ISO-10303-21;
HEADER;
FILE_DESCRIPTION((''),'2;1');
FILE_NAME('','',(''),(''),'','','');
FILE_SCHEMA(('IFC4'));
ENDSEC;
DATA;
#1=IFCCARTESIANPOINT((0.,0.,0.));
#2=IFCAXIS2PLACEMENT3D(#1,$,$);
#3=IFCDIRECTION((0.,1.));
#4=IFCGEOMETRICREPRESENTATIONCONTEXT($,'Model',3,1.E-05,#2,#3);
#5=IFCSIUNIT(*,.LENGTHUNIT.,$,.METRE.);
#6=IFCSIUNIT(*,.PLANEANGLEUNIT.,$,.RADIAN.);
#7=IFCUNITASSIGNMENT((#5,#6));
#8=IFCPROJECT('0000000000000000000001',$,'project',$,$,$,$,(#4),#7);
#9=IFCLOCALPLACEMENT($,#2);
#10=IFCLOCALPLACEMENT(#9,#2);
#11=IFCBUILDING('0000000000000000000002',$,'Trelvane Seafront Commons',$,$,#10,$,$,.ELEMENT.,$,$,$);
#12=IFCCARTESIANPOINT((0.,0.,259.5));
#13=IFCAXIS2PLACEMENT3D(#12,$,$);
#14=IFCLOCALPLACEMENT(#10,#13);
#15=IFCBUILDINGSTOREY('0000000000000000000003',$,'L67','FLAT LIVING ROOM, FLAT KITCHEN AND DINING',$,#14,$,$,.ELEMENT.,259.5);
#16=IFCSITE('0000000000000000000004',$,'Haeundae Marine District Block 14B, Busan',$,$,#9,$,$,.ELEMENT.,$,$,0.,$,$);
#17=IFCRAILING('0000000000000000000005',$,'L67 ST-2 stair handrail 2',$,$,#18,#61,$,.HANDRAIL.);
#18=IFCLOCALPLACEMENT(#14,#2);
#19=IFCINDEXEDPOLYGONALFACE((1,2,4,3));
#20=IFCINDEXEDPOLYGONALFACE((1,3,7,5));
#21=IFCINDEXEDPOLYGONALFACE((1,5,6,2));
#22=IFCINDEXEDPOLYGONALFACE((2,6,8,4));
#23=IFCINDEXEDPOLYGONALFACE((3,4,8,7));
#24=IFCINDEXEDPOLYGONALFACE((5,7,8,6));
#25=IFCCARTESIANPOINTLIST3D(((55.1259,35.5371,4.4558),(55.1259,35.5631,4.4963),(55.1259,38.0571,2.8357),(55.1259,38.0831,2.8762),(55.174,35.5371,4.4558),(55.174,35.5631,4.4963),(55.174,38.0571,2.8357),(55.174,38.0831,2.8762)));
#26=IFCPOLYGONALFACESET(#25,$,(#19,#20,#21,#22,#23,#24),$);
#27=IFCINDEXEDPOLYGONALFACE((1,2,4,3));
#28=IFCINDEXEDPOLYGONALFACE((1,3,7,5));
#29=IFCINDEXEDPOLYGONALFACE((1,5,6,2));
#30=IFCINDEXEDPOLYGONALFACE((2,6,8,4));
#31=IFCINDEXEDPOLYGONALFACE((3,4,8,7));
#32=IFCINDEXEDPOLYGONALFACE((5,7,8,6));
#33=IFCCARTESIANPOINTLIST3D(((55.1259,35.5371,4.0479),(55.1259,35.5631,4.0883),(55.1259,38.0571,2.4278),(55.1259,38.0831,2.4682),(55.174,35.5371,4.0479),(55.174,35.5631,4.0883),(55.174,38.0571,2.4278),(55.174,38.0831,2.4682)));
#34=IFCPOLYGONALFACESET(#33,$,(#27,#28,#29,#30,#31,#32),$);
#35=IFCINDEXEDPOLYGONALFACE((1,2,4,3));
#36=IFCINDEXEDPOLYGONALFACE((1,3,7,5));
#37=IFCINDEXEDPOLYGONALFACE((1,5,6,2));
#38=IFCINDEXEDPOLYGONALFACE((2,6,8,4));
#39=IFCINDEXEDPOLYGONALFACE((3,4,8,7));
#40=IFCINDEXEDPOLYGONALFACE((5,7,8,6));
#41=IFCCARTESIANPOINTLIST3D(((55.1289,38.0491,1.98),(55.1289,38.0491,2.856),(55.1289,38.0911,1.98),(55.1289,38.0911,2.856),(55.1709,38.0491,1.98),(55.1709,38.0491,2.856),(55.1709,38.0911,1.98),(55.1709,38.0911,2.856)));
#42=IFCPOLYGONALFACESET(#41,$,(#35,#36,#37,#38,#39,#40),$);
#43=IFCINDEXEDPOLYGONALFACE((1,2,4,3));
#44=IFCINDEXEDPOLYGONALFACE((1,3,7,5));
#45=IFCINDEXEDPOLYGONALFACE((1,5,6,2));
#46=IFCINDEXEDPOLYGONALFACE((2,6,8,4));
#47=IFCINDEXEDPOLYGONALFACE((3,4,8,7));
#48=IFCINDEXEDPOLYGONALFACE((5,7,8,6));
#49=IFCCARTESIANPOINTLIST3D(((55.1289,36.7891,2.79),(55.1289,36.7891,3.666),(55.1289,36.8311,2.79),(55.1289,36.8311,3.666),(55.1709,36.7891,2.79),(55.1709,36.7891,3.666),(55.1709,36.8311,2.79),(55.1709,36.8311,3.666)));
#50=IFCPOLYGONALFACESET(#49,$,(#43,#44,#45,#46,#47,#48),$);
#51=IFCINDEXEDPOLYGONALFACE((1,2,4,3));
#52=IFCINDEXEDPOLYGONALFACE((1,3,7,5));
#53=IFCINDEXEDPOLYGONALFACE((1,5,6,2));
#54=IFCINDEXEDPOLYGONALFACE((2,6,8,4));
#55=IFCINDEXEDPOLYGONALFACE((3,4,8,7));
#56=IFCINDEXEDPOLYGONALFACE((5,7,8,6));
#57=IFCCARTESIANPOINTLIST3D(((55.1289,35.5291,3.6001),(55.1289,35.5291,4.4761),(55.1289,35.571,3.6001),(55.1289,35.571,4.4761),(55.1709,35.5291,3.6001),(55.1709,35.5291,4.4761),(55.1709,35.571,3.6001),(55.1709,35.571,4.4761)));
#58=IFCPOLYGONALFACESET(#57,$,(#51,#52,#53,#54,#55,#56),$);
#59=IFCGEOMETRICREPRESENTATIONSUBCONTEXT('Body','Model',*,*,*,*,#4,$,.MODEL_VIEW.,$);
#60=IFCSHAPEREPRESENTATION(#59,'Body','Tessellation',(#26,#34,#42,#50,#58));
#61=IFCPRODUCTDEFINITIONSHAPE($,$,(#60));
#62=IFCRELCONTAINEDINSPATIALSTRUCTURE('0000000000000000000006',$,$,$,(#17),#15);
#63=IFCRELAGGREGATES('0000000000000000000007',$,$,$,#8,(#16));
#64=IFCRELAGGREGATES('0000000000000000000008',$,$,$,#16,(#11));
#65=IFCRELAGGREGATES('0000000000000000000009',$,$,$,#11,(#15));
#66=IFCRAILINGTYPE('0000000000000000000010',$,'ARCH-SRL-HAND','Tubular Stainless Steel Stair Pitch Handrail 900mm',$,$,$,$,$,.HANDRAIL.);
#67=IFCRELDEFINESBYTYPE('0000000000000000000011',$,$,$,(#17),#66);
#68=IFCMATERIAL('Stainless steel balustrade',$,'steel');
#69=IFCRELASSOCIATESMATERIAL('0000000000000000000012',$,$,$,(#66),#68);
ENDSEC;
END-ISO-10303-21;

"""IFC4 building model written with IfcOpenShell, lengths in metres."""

from ifc_helpers import new_model, si_unit, direction, frame, origin, origin_2d, place, context, subcontext, project, spatial, rectangle, extrude, material, type_object, element, save


model = new_model("IFC4")

# Units and contexts
model_context = context("Model", 3, precision=1e-05, world=origin(), true_north=direction((0.0, 1.0)))
body_context = subcontext(model_context, "Body", "Model", "MODEL_VIEW")
ifc_project = project(units=[si_unit("LENGTHUNIT", "METRE"), si_unit("PLANEANGLEUNIT", "RADIAN")], contexts=[model_context])

# Site, building, storey
site_placement = place(None, origin())
site = spatial("IfcSite", under=ifc_project, at=site_placement, Name="Haeundae Marine District Block 14B, Busan", CompositionType="ELEMENT", RefElevation=0.0)
building_placement = place(site_placement, origin())
building = spatial("IfcBuilding", under=site, at=building_placement, Name="Trelvane Seafront Commons", CompositionType="ELEMENT")
storey_placement = place(building_placement, frame((0.0, 0.0, 259.5)))
storey = spatial("IfcBuildingStorey", under=building, at=storey_placement, Name="L67", Description="FLAT LIVING ROOM, FLAT KITCHEN AND DINING", CompositionType="ELEMENT", Elevation=259.5)

# Railing
ifc_material_1 = material(Name="Stainless steel balustrade", Category="steel")
railing_type = type_object("IfcRailingType", Name="ARCH-SRL-HAND", Description="Tubular Stainless Steel Stair Pitch Handrail 900mm", PredefinedType="HANDRAIL", material=ifc_material_1)
railing_placement = place(storey_placement, frame((55.1499, 38.0701, 1.98)))
element("IfcRailing", 1, at=railing_placement, inside=storey, type_object=railing_type, Name="L67 ST-2 stair handrail 2", PredefinedType="HANDRAIL", context=body_context, shape_type="SweptSolid", body=[
    extrude(rectangle(XDim=0.0481, YDim=0.0481, at=origin_2d()), frame((0.0, 0.0, 0.876), z_axis=(0.0, -0.841163, 0.540782), x_axis=(1.0, 0.0, 0.0)), (0.0, 0.0, 1.0), 2.9958),
    extrude(rectangle(XDim=0.0481, YDim=0.0481, at=origin_2d()), frame((0.0, 0.0, 0.468), z_axis=(0.0, -0.841163, 0.540782), x_axis=(1.0, 0.0, 0.0)), (0.0, 0.0, 1.0), 2.9958),
    extrude(rectangle(XDim=0.042, YDim=0.042, at=origin_2d()), origin(), (0.0, 0.0, 1.0), 0.876),
    extrude(rectangle(XDim=0.042, YDim=0.042, at=origin_2d()), frame((0.0, -1.26, 0.8101)), (0.0, 0.0, 1.0), 0.876),
    extrude(rectangle(XDim=0.042, YDim=0.042, at=origin_2d()), frame((0.0, -2.52, 1.6201)), (0.0, 0.0, 1.0), 0.876),
])

save(model, "model.ifc")
